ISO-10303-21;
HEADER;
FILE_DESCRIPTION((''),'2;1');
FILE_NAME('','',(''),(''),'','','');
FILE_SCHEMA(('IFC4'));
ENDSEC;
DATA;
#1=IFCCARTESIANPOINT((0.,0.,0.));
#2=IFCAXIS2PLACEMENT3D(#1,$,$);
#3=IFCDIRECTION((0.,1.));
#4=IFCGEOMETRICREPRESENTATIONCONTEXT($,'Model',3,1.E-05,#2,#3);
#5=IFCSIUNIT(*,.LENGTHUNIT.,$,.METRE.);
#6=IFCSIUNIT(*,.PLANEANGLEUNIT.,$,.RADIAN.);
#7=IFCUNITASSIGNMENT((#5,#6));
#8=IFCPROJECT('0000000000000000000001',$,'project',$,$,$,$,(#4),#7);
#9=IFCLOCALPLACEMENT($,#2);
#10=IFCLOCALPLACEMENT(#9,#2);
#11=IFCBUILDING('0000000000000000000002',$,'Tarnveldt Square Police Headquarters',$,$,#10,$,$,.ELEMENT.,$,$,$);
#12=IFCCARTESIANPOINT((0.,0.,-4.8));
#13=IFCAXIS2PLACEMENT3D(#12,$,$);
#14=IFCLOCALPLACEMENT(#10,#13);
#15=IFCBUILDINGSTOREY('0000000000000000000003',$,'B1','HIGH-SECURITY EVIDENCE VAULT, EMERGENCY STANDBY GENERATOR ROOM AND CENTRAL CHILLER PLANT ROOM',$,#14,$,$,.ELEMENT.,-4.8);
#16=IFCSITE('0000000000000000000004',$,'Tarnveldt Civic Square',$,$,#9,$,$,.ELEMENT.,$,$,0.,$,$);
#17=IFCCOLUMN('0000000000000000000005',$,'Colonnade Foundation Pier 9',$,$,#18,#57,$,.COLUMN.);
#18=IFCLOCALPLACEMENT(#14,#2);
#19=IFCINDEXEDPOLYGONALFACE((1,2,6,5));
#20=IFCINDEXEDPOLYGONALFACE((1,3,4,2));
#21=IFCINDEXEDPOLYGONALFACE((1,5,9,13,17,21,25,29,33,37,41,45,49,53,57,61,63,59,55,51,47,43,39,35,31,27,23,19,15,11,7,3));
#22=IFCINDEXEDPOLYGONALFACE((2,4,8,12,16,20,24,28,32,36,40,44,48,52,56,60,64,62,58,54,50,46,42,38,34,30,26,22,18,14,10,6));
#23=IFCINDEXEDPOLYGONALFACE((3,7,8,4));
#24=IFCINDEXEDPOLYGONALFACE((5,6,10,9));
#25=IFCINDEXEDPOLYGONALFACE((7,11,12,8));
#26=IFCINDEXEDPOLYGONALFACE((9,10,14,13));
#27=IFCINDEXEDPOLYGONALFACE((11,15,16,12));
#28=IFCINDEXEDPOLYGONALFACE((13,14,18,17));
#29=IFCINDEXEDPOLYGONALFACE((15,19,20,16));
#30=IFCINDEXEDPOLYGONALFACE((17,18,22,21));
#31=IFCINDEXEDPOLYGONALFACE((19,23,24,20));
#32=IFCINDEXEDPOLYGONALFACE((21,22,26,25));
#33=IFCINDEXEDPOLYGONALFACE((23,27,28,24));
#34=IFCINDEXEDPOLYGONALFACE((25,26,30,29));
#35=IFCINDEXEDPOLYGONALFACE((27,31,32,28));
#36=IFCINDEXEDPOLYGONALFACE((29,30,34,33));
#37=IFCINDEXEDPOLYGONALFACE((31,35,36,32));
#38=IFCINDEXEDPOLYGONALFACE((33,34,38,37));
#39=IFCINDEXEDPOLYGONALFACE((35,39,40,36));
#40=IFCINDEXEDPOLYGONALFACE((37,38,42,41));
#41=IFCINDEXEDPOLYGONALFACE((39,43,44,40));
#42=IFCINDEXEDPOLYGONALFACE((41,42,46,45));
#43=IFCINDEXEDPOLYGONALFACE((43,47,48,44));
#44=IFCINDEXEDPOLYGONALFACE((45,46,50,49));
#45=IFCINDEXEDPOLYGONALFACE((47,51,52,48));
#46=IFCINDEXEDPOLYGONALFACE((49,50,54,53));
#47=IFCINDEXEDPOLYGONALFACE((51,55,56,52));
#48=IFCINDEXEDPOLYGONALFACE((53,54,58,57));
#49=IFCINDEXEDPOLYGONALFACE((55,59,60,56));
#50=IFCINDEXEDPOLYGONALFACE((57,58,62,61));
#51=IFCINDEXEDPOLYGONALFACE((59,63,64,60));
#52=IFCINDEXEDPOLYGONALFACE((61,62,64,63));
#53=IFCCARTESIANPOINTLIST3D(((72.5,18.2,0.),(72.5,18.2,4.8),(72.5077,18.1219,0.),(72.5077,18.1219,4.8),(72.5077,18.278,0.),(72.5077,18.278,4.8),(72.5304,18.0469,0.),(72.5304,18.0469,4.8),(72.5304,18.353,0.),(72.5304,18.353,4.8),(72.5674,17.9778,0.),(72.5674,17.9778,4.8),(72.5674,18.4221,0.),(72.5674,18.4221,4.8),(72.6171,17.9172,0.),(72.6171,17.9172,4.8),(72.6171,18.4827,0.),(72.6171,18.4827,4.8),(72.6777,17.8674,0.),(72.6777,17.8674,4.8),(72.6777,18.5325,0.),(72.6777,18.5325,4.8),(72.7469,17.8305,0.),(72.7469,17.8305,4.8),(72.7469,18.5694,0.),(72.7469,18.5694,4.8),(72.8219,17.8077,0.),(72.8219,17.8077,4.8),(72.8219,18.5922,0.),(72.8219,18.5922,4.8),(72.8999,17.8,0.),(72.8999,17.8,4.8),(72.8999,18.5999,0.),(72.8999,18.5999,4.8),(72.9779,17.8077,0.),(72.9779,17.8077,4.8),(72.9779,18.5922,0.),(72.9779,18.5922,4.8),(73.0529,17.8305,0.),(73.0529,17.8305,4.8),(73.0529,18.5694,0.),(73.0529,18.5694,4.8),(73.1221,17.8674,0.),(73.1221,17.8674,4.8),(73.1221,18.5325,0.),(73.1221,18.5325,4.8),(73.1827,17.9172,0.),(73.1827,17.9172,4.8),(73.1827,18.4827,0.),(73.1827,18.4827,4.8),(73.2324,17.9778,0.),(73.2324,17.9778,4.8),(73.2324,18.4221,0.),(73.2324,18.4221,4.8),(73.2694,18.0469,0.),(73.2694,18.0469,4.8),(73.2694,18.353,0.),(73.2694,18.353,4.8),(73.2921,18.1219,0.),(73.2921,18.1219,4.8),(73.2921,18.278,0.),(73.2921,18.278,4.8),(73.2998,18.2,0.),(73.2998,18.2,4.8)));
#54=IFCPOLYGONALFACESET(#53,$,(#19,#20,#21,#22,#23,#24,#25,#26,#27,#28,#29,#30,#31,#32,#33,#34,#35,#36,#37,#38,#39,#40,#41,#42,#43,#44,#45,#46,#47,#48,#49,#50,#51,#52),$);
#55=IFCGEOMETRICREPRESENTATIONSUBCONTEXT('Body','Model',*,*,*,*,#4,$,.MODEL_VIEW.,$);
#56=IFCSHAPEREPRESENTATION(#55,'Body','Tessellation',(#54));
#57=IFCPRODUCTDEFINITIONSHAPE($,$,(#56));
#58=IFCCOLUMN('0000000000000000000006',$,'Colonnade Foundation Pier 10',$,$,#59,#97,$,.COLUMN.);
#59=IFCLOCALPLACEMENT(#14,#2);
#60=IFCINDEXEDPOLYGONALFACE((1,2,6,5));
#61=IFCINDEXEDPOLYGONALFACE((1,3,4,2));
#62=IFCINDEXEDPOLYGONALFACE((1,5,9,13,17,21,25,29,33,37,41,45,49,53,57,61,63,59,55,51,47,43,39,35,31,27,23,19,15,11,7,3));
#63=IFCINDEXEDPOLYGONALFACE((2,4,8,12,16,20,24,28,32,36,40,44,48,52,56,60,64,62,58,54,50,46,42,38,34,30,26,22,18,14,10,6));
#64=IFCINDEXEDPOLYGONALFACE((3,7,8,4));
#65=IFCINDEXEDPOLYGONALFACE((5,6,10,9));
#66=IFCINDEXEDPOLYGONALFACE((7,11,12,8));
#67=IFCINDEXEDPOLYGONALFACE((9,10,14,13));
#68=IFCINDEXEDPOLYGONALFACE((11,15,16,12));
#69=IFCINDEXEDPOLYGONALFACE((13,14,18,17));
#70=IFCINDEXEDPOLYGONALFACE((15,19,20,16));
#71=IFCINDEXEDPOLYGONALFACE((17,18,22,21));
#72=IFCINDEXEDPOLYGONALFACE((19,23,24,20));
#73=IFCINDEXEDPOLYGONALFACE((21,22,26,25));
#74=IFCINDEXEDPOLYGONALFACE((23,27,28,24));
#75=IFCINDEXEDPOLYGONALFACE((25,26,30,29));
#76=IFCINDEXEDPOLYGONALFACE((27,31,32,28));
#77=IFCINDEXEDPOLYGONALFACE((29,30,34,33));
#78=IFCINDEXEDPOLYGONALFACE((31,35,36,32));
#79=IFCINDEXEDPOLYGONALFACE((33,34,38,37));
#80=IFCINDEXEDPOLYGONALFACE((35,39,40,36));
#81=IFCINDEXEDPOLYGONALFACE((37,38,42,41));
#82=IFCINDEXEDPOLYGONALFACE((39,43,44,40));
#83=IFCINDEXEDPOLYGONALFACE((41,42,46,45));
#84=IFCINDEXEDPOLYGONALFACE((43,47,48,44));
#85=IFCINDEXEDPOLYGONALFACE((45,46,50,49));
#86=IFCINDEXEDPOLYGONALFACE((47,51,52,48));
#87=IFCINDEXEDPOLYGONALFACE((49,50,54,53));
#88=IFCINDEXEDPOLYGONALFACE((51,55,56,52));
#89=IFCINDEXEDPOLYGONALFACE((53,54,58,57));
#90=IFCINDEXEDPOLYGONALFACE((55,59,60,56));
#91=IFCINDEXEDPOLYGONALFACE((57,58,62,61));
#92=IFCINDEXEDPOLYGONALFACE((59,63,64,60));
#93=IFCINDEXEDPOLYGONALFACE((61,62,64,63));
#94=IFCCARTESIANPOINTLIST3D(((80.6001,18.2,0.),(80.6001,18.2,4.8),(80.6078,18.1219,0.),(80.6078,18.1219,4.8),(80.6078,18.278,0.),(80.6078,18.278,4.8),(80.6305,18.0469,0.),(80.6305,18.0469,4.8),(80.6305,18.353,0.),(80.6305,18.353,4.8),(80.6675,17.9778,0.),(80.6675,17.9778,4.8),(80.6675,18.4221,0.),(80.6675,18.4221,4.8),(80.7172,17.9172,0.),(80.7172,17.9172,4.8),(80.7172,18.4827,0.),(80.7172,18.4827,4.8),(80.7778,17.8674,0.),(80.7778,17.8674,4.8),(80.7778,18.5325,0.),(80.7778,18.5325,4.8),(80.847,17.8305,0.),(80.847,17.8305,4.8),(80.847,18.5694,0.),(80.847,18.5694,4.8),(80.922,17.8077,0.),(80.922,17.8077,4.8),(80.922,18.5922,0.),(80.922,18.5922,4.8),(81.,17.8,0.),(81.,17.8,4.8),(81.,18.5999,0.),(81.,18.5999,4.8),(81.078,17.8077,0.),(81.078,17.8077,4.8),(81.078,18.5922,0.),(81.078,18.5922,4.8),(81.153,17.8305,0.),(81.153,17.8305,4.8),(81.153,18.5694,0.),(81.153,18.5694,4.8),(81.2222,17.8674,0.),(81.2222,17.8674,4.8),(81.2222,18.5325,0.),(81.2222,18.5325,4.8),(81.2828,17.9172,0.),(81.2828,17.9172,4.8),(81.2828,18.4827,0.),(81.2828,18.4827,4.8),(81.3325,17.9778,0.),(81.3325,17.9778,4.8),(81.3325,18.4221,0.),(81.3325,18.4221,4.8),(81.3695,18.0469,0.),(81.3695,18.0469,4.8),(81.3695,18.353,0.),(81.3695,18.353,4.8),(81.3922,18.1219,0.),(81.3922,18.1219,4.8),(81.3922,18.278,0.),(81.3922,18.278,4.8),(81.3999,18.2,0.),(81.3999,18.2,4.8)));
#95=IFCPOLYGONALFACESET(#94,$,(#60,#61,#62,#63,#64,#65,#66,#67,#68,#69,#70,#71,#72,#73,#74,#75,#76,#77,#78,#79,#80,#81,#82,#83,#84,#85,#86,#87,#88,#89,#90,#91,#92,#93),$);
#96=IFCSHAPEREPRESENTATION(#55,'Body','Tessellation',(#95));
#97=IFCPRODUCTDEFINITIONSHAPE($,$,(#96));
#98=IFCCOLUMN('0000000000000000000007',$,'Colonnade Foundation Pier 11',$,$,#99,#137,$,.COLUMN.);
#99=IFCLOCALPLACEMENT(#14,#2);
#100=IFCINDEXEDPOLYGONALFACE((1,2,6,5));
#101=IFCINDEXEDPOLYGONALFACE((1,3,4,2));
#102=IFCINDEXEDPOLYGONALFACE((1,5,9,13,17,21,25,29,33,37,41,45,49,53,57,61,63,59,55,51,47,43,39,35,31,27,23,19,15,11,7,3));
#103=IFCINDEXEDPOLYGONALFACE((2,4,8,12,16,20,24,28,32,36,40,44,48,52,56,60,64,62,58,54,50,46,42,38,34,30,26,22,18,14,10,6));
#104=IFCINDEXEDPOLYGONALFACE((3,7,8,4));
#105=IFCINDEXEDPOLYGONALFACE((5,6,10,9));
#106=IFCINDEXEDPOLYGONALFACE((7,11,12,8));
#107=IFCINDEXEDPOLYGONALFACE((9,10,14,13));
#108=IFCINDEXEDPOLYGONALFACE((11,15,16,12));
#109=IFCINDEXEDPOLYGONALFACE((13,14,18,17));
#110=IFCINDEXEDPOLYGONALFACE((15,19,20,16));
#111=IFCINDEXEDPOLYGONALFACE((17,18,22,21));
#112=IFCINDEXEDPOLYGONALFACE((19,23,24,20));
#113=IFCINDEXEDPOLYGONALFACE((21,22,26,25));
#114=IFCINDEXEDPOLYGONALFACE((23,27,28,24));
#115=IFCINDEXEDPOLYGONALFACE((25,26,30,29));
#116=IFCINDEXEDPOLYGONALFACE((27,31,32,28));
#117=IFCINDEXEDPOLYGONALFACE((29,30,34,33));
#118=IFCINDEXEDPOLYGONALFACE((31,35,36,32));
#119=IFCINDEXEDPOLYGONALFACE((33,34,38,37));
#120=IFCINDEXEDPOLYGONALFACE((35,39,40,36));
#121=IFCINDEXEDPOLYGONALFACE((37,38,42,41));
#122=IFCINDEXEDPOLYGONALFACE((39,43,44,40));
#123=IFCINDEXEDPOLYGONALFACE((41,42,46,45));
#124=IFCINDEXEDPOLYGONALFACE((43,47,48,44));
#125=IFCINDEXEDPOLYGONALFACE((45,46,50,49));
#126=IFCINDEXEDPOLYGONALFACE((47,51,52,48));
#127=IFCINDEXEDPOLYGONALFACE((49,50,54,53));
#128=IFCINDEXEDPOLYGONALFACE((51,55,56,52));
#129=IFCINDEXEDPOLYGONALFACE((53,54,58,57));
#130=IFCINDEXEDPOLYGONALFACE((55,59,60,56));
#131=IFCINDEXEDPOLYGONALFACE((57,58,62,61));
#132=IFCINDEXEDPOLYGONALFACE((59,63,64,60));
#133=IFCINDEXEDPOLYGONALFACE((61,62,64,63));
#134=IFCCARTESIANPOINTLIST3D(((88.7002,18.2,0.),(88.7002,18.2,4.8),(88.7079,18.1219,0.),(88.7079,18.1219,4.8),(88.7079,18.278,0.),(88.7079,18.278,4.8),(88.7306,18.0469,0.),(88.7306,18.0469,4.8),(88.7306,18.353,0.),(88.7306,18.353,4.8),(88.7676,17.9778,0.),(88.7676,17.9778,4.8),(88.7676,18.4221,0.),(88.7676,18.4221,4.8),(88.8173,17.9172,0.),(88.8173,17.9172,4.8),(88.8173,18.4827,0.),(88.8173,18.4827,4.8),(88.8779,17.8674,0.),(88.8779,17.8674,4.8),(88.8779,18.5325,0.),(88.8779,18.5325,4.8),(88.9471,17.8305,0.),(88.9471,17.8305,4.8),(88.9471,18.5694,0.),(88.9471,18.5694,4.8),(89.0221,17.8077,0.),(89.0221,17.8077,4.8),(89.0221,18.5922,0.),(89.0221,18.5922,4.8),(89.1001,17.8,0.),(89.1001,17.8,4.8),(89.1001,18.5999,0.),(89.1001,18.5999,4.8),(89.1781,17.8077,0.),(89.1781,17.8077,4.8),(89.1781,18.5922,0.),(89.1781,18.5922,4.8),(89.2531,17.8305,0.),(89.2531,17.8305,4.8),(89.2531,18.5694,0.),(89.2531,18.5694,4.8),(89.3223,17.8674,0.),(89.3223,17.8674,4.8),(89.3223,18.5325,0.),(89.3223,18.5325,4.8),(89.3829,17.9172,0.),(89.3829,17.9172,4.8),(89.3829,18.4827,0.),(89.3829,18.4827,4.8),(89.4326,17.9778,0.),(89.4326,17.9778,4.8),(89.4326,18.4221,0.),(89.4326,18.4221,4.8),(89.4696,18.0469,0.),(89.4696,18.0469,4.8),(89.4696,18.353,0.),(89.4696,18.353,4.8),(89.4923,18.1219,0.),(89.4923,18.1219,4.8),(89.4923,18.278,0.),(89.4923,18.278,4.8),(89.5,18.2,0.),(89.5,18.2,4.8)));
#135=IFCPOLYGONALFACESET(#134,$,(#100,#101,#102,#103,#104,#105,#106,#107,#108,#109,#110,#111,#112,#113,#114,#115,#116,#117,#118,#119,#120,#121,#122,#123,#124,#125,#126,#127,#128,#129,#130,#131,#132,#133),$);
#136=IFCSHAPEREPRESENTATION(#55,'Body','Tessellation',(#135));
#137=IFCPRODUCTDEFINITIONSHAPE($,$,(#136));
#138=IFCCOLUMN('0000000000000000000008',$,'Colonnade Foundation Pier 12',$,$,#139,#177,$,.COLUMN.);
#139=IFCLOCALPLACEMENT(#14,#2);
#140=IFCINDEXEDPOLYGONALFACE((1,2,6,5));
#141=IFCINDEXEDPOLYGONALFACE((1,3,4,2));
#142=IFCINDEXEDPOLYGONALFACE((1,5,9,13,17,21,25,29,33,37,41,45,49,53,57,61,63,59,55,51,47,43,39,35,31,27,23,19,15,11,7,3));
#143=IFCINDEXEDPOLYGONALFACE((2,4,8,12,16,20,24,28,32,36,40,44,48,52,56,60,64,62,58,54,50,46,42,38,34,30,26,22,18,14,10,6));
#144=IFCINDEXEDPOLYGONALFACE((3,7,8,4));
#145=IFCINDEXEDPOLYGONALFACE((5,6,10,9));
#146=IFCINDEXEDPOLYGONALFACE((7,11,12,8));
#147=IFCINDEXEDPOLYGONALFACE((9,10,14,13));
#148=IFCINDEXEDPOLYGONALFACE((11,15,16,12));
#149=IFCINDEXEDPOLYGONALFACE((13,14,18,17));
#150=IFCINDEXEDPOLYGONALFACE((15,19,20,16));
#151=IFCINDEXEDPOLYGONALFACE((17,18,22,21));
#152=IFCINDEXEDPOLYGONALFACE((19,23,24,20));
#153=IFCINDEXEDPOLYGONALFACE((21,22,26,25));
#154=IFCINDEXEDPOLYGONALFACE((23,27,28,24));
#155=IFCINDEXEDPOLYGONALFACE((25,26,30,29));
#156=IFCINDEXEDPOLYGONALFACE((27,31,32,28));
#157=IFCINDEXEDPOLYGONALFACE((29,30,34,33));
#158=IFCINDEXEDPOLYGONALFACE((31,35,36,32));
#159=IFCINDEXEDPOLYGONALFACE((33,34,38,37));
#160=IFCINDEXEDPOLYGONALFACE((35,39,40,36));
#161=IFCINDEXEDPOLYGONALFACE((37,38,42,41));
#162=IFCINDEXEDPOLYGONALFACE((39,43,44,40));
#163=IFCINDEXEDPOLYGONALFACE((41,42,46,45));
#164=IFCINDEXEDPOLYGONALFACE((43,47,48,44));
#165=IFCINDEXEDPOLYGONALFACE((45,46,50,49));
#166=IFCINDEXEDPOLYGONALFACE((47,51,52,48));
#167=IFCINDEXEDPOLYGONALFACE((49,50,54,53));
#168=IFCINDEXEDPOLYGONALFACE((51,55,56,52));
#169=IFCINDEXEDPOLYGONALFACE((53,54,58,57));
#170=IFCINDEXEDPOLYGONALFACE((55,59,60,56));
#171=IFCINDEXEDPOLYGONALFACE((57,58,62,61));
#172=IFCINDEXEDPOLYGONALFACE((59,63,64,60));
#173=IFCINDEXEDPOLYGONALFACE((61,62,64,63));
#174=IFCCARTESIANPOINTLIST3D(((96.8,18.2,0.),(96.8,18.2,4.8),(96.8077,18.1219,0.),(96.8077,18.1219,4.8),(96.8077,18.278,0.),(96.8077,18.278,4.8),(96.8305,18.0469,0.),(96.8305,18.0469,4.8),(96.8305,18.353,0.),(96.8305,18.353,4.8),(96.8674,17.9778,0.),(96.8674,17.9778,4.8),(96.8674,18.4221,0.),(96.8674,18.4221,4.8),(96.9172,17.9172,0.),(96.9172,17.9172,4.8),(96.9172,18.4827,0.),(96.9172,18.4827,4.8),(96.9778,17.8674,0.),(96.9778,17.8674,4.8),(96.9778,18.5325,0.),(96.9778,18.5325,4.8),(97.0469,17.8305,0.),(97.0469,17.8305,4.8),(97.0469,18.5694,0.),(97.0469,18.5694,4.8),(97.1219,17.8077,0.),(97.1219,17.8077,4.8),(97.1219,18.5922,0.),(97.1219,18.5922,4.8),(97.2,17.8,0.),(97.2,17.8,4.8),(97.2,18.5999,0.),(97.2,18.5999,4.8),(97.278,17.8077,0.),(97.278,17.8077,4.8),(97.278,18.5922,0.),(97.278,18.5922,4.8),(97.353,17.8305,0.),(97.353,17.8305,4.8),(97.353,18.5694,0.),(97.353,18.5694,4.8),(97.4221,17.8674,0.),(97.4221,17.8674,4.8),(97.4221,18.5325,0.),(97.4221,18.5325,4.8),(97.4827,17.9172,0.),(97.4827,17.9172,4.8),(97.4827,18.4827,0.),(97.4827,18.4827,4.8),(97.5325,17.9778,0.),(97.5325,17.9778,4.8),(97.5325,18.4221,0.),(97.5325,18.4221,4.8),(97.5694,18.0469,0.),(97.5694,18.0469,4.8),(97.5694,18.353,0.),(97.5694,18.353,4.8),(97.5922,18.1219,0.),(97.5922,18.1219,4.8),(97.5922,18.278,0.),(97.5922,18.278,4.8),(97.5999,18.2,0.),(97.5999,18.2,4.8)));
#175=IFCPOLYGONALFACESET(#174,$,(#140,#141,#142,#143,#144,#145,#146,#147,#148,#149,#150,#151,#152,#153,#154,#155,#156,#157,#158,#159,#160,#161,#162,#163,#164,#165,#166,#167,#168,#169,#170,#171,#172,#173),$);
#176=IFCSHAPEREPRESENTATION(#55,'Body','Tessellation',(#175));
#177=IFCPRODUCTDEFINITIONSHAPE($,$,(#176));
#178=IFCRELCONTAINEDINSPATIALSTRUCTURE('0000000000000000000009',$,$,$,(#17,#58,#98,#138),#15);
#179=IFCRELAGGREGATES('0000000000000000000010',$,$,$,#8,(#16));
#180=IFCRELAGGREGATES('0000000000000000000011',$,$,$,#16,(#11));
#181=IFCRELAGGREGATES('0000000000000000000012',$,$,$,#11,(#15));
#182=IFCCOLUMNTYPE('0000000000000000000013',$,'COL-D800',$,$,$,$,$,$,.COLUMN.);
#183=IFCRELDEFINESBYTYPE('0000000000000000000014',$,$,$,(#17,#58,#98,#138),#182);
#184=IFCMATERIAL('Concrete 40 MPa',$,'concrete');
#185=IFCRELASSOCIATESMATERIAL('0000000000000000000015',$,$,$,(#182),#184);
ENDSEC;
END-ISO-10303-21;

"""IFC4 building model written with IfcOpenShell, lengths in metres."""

from ifc_helpers import new_model, si_unit, direction, frame, origin, origin_2d, place, context, subcontext, project, spatial, circle, extrude, material, material_profile, profile_set, type_object, element, save


model = new_model("IFC4")

# Units and contexts
model_context = context("Model", 3, precision=1e-05, world=origin(), true_north=direction((0.0, 1.0)))
body_context = subcontext(model_context, "Body", "Model", "MODEL_VIEW")
ifc_project = project(units=[si_unit("LENGTHUNIT", "METRE"), si_unit("PLANEANGLEUNIT", "RADIAN")], contexts=[model_context])

# Site, building, storey
site_placement = place(None, origin())
site = spatial("IfcSite", under=ifc_project, at=site_placement, Name="Tarnveldt Civic Square", CompositionType="ELEMENT", RefElevation=0.0)
building_placement = place(site_placement, origin())
building = spatial("IfcBuilding", under=site, at=building_placement, Name="Tarnveldt Square Police Headquarters", CompositionType="ELEMENT")
storey_placement = place(building_placement, frame((0.0, 0.0, -4.8)))
storey = spatial("IfcBuildingStorey", under=building, at=storey_placement, Name="B1", Description="HIGH-SECURITY EVIDENCE VAULT, EMERGENCY STANDBY GENERATOR ROOM AND CENTRAL CHILLER PLANT ROOM", CompositionType="ELEMENT", Elevation=-4.8)

# Shared definitions
ifc_material_1 = material(Name="Concrete 40 MPa", Category="concrete")

# Columns
ifc_material_profile_1 = material_profile(ifc_material_1, circle(Radius=0.3999, at=origin_2d()), Name="RC-D800")
ifc_profile_set_1 = profile_set([ifc_material_profile_1], Name="Concrete 40 MPa")
column_type_1 = type_object("IfcColumnType", Name="COL-D800", PredefinedType="COLUMN", material=ifc_profile_set_1)
for number, where, z_axis, x_axis, name in (
    (1, (72.8999, 18.2, 0.0), (0.0, 0.0, 1.0), (1.0, 0.0, 0.0), "Colonnade Foundation Pier 9"),
    (2, (81.0, 18.2, 0.0), (0.0, 0.0, 1.0), (1.0, 0.0, 0.0), "Colonnade Foundation Pier 10"),
    (3, (89.1001, 18.2, 0.0), (0.0, 0.0, 1.0), (1.0, 0.0, 0.0), "Colonnade Foundation Pier 11"),
    (4, (97.2, 18.2, 0.0), (0.0, 0.0, 1.0), (1.0, 0.0, 0.0), "Colonnade Foundation Pier 12"),
):
    element("IfcColumn", number, at=place(storey_placement, frame(where, z_axis=z_axis, x_axis=x_axis)), inside=storey, type_object=column_type_1, Name=name, PredefinedType="COLUMN", context=body_context, shape_type="SweptSolid", body=[
        extrude(circle(Radius=0.3999, at=origin_2d()), origin(), (0.0, 0.0, 1.0), 4.8),
    ])

save(model, "model.ifc")
